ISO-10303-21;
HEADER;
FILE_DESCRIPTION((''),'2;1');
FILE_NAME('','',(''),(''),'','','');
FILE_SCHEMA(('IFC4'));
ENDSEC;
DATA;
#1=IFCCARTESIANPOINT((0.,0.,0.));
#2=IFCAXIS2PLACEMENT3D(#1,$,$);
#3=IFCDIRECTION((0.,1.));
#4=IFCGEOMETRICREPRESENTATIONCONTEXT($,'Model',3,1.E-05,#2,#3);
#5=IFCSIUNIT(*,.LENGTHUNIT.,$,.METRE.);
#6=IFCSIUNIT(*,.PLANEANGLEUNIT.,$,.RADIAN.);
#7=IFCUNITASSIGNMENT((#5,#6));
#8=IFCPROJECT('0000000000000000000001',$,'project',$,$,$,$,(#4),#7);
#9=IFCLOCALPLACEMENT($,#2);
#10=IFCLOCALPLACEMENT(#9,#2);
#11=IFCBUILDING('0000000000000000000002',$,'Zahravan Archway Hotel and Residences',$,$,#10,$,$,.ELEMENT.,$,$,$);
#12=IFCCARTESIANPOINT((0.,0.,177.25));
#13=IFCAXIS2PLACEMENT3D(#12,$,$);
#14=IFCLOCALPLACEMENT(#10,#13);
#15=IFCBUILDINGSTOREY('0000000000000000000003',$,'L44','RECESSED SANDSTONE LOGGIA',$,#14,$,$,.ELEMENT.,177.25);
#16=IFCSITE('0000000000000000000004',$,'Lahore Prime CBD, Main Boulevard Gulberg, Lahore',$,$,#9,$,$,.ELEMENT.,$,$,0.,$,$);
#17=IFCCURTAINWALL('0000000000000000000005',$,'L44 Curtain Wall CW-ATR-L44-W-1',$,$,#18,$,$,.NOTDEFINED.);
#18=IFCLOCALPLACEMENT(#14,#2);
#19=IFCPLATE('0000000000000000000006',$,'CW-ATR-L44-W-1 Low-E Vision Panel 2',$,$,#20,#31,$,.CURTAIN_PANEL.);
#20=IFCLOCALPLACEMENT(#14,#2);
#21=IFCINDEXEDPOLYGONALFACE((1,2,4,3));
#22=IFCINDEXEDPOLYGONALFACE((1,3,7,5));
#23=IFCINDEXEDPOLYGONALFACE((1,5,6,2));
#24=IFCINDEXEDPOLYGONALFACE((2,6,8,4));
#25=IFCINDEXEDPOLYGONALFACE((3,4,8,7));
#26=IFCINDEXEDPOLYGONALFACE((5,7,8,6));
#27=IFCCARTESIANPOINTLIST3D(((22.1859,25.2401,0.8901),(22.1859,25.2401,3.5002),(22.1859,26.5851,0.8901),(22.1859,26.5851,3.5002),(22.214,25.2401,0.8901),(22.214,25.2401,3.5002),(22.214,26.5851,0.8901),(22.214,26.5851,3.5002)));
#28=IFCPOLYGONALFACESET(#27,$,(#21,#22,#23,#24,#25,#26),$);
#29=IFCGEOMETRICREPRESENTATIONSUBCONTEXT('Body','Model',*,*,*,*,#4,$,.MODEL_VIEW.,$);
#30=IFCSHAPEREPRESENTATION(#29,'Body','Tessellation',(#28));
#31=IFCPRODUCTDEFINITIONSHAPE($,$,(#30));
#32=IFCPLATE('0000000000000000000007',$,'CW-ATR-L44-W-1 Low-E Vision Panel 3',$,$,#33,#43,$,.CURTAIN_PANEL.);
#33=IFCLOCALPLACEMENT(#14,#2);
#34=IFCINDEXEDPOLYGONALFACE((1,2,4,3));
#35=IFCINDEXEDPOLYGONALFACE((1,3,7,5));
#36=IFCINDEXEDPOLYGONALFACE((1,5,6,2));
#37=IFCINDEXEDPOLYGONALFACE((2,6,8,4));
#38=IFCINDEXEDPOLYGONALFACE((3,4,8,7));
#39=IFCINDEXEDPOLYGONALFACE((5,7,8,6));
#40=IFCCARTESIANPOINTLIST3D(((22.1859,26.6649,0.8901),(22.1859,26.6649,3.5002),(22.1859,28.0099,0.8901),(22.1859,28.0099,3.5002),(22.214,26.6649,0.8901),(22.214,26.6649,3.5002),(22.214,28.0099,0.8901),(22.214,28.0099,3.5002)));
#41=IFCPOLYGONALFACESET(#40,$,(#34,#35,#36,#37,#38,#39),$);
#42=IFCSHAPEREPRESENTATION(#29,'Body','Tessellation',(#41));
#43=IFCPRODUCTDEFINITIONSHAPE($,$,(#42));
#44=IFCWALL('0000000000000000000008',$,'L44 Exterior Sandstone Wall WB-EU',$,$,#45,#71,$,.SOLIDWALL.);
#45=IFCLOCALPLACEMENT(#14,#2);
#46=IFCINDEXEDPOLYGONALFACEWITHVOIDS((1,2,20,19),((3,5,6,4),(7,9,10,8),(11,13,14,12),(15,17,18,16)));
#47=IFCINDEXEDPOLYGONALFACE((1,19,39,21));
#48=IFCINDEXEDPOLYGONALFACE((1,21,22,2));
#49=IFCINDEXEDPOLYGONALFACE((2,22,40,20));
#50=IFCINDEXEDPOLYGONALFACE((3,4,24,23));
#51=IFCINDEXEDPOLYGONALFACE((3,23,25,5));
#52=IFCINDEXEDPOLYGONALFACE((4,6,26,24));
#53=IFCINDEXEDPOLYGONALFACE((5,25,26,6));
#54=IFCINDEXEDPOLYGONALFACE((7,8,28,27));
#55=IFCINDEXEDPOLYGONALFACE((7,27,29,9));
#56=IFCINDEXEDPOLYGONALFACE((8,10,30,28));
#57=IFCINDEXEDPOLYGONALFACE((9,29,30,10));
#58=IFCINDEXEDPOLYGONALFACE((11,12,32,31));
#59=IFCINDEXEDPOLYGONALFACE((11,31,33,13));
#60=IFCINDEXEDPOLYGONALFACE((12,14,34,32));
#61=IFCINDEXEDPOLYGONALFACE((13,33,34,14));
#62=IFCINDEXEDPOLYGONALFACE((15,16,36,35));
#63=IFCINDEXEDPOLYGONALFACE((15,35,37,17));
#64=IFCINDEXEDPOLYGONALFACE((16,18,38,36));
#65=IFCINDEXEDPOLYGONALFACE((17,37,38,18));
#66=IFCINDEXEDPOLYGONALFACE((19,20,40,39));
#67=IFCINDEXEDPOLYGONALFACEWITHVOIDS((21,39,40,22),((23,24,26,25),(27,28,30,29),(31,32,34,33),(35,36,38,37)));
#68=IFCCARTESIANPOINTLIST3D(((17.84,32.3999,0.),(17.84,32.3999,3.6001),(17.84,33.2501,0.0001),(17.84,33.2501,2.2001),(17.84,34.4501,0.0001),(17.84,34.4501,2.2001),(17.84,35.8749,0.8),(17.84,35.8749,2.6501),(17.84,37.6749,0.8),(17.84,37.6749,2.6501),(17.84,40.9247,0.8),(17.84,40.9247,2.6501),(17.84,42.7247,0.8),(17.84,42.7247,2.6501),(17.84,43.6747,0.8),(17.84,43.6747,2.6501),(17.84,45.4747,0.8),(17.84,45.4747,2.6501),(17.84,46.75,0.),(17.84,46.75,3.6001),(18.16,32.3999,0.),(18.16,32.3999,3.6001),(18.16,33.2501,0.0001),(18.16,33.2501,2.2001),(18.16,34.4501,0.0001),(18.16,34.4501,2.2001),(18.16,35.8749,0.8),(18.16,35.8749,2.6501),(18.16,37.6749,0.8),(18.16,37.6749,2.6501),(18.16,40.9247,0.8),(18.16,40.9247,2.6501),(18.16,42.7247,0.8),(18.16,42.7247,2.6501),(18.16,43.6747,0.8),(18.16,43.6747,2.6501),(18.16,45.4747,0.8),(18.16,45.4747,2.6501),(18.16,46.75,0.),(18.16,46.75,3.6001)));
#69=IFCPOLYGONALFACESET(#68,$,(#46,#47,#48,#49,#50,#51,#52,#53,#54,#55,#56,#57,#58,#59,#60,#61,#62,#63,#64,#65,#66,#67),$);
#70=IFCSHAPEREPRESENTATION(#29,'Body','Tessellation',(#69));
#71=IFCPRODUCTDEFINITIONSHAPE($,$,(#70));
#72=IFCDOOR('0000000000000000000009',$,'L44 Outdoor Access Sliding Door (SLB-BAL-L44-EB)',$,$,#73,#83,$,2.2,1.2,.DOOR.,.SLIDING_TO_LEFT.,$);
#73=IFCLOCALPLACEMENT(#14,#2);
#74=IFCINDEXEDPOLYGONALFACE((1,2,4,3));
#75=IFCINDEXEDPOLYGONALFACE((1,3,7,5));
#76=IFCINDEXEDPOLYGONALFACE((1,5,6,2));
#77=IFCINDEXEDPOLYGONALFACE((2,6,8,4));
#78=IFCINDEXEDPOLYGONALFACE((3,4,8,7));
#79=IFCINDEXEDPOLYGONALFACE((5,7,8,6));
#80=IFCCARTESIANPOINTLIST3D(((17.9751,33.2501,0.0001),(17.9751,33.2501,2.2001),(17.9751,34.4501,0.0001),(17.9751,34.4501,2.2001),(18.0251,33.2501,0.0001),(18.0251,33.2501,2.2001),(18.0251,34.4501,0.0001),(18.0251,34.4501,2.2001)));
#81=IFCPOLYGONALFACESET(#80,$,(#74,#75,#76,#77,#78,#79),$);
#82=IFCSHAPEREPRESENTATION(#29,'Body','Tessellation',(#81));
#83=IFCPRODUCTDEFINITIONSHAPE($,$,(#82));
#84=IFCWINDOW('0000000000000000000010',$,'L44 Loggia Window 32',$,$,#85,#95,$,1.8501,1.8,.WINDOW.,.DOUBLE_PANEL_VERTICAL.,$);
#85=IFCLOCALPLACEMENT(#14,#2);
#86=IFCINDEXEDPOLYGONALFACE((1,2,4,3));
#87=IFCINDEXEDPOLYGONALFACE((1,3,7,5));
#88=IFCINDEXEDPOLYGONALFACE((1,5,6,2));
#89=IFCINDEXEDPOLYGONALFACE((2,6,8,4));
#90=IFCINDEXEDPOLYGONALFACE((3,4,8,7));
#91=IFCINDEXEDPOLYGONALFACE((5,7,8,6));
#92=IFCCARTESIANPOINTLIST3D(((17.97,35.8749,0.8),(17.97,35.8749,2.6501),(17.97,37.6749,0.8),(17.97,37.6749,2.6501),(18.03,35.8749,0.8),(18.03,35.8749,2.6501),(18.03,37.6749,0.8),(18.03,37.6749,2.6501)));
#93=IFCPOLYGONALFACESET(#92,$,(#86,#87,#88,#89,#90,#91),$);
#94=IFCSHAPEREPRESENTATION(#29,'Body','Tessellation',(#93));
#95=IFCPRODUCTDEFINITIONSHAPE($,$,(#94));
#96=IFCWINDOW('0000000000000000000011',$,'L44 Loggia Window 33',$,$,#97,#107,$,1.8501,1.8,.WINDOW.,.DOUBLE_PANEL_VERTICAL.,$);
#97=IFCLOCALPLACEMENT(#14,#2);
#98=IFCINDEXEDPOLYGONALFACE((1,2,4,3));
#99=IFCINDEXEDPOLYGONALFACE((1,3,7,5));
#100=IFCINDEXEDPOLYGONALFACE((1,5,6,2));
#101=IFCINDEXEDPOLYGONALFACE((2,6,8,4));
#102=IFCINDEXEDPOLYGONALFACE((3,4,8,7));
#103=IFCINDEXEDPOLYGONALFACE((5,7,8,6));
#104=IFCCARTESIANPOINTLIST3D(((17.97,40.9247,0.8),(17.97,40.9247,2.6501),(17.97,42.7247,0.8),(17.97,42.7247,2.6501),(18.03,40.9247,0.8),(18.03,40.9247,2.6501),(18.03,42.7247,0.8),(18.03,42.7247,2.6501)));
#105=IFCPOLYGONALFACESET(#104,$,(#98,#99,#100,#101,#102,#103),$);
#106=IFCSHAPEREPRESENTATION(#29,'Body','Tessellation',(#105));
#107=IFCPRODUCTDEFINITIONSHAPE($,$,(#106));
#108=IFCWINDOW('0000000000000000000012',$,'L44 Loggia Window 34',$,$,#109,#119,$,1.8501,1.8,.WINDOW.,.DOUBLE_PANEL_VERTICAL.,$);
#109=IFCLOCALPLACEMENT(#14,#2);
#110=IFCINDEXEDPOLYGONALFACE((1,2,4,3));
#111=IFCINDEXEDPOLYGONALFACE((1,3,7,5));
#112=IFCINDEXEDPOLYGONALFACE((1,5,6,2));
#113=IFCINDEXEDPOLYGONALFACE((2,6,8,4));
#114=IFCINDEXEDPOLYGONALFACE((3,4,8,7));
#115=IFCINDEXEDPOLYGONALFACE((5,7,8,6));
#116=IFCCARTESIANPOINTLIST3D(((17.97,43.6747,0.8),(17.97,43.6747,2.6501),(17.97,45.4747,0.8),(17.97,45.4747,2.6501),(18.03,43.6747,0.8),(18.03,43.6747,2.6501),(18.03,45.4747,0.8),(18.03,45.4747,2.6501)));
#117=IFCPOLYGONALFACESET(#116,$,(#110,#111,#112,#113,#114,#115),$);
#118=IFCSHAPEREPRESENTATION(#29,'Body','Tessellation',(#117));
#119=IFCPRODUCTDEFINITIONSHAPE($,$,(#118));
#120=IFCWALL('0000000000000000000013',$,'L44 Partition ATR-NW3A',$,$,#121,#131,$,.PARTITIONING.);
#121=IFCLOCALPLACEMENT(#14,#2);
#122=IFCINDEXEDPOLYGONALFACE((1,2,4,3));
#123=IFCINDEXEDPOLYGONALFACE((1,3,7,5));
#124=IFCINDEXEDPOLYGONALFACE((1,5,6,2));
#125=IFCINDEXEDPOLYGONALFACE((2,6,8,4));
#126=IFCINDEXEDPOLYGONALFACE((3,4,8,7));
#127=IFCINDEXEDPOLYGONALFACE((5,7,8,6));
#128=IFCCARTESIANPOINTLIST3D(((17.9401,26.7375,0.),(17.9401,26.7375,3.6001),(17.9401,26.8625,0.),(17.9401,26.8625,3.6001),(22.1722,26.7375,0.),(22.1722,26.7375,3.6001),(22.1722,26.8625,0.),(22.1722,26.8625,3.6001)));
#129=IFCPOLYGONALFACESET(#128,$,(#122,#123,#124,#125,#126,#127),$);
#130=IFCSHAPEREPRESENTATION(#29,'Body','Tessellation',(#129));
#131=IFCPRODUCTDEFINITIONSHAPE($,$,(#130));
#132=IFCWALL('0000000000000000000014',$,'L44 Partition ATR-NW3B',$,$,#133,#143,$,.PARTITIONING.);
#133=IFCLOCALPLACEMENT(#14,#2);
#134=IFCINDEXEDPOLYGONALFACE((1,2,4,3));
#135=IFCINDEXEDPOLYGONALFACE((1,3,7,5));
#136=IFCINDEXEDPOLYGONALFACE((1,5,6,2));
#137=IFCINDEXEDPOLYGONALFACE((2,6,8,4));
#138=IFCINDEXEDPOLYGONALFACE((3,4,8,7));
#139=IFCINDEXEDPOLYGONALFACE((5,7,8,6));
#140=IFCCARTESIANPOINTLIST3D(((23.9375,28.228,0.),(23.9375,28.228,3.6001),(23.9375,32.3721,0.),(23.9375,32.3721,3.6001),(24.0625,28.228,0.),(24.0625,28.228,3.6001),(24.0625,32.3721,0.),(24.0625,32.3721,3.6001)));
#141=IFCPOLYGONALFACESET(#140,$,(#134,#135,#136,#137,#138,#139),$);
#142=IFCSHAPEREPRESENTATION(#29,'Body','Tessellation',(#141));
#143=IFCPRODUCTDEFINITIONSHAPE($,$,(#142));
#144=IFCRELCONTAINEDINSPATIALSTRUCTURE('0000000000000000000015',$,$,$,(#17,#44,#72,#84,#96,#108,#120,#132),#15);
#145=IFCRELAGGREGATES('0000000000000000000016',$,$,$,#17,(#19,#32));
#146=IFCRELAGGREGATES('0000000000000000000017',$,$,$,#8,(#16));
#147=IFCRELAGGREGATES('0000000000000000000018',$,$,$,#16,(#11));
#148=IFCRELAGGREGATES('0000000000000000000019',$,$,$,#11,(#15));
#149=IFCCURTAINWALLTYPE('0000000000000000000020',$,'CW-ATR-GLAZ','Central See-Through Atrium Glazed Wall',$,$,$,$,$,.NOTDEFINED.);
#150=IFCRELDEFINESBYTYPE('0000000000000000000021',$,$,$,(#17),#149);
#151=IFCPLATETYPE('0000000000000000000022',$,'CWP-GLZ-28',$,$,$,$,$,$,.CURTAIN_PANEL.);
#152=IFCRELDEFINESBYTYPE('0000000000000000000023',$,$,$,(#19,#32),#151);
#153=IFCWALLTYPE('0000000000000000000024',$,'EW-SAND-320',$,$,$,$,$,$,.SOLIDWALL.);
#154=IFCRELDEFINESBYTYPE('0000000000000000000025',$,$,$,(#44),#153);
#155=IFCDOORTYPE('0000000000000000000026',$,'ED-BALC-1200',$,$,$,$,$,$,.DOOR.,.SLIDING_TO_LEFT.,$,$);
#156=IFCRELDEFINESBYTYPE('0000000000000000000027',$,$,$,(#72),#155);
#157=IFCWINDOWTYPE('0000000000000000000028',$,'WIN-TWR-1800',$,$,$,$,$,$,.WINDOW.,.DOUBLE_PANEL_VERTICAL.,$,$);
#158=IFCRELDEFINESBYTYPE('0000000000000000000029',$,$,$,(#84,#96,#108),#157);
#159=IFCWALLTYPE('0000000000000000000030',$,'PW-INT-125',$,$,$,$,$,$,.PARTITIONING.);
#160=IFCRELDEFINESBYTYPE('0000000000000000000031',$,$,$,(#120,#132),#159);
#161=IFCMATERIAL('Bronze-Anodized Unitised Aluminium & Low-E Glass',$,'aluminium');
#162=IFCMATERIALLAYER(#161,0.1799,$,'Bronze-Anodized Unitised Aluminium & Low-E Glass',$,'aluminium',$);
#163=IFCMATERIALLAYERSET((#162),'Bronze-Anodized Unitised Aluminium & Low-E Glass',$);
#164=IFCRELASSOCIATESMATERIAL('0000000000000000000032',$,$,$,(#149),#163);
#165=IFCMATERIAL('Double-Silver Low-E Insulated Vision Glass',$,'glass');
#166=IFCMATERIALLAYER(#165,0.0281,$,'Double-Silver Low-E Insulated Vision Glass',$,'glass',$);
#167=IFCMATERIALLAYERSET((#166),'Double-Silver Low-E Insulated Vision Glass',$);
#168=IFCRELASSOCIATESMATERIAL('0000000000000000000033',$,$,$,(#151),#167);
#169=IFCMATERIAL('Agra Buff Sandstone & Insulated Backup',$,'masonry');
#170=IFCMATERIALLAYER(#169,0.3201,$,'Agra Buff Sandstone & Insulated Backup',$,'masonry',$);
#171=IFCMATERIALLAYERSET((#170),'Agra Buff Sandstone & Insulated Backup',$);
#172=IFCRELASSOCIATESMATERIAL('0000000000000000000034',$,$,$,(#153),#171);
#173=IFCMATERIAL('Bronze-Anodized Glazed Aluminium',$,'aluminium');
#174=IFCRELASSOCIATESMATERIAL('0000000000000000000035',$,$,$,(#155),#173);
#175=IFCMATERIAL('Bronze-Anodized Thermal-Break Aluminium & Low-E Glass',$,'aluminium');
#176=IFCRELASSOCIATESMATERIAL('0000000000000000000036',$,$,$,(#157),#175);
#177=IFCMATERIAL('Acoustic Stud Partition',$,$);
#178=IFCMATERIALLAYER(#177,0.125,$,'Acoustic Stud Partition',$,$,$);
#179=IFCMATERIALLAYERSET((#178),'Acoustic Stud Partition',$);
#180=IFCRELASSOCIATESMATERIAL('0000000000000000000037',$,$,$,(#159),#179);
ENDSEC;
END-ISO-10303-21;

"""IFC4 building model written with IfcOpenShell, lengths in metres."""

from ifc_helpers import new_model, si_unit, direction, frame, frame_2d, origin, origin_2d, place, context, subcontext, project, spatial, rectangle, extrude, source, transform, mapped, material, layer, layer_set, type_object, type_shapes, element, fill, aggregate, save


model = new_model("IFC4")

# Units and contexts
model_context = context("Model", 3, precision=1e-05, world=origin(), true_north=direction((0.0, 1.0)))
body_context = subcontext(model_context, "Body", "Model", "MODEL_VIEW")
ifc_project = project(units=[si_unit("LENGTHUNIT", "METRE"), si_unit("PLANEANGLEUNIT", "RADIAN")], contexts=[model_context])

# Site, building, storey
site_placement = place(None, origin())
site = spatial("IfcSite", under=ifc_project, at=site_placement, Name="Lahore Prime CBD, Main Boulevard Gulberg, Lahore", CompositionType="ELEMENT", RefElevation=0.0)
building_placement = place(site_placement, origin())
building = spatial("IfcBuilding", under=site, at=building_placement, Name="Zahravan Archway Hotel and Residences", CompositionType="ELEMENT")
storey_placement = place(building_placement, frame((0.0, 0.0, 177.25)))
storey = spatial("IfcBuildingStorey", under=building, at=storey_placement, Name="L44", Description="RECESSED SANDSTONE LOGGIA", CompositionType="ELEMENT", Elevation=177.25)

# Curtain wall
ifc_material_1 = material(Name="Bronze-Anodized Unitised Aluminium & Low-E Glass", Category="aluminium")
ifc_layer_1 = layer(ifc_material_1, 0.1799, Name="Bronze-Anodized Unitised Aluminium & Low-E Glass", Category="aluminium")
ifc_layer_set_1 = layer_set([ifc_layer_1], Name="Bronze-Anodized Unitised Aluminium & Low-E Glass")
curtain_wall_type = type_object("IfcCurtainWallType", Name="CW-ATR-GLAZ", Description="Central See-Through Atrium Glazed Wall", PredefinedType="NOTDEFINED", material=ifc_layer_set_1)
curtain_wall_1_placement = place(storey_placement, origin())
curtain_wall_1 = element("IfcCurtainWall", 1, at=curtain_wall_1_placement, inside=storey, type_object=curtain_wall_type, Name="L44 Curtain Wall CW-ATR-L44-W-1", PredefinedType="NOTDEFINED")

# Plates
ifc_material_2 = material(Name="Double-Silver Low-E Insulated Vision Glass", Category="glass")
ifc_layer_2 = layer(ifc_material_2, 0.0281, Name="Double-Silver Low-E Insulated Vision Glass", Category="glass")
ifc_layer_set_2 = layer_set([ifc_layer_2], Name="Double-Silver Low-E Insulated Vision Glass")
plate_type_1 = type_object("IfcPlateType", Name="CWP-GLZ-28", PredefinedType="CURTAIN_PANEL", material=ifc_layer_set_2)
shared_shape_1 = source(origin(), body_context, "Body", "SweptSolid", [
    extrude(rectangle(XDim=1.345, YDim=0.0281, at=origin_2d()), origin(), (0.0, 0.0, 1.0), 2.6101),
])
plate_1_placement = place(storey_placement, frame((22.2, 25.9126, 0.8901), z_axis=(0.0, 0.0, 1.0), x_axis=(0.0, 1.0, 0.0)))
plate_1 = element("IfcPlate", 2, at=plate_1_placement, type_object=plate_type_1, Name="CW-ATR-L44-W-1 Low-E Vision Panel 2", PredefinedType="CURTAIN_PANEL", context=body_context, shape_type="MappedRepresentation", body=[
    mapped(shared_shape_1, transform((0.0, 0.0, 0.0), scale=1.0)),
])
plate_2_placement = place(storey_placement, frame((22.2, 27.3374, 0.8901), z_axis=(0.0, 0.0, 1.0), x_axis=(0.0, 1.0, 0.0)))
plate_2 = element("IfcPlate", 3, at=plate_2_placement, type_object=plate_type_1, Name="CW-ATR-L44-W-1 Low-E Vision Panel 3", PredefinedType="CURTAIN_PANEL", context=body_context, shape_type="MappedRepresentation", body=[
    mapped(shared_shape_1, transform((0.0, 0.0, 0.0), scale=1.0)),
])
aggregate(curtain_wall_1, [plate_1, plate_2])

# Wall, openings, door, windows
ifc_material_3 = material(Name="Agra Buff Sandstone & Insulated Backup", Category="masonry")
ifc_layer_3 = layer(ifc_material_3, 0.3201, Name="Agra Buff Sandstone & Insulated Backup", Category="masonry")
ifc_layer_set_3 = layer_set([ifc_layer_3], Name="Agra Buff Sandstone & Insulated Backup")
wall_type_1 = type_object("IfcWallType", Name="EW-SAND-320", PredefinedType="SOLIDWALL", material=ifc_layer_set_3)
wall_1_placement = place(storey_placement, frame((18.0, 32.3999, 0.0), z_axis=(0.0, 0.0, 1.0), x_axis=(0.0, 1.0, 0.0)))
wall_1 = element("IfcWall", 4, at=wall_1_placement, inside=storey, type_object=wall_type_1, Name="L44 Exterior Sandstone Wall WB-EU", PredefinedType="SOLIDWALL", context=body_context, shape_type="SweptSolid", body=[
    extrude(rectangle(XDim=14.3501, YDim=0.3201, at=frame_2d((7.175, 0.0))), origin(), (0.0, 0.0, 1.0), 3.6001),
])
opening_1_placement = place(wall_1_placement, frame((0.8501, 0.0, 0.0)))
opening_1 = element("IfcOpeningElement", 5, at=opening_1_placement, cuts=wall_1, PredefinedType="OPENING", context=body_context, shape_type="SweptSolid", body=[
    extrude(rectangle(XDim=1.2, YDim=2.2, at=frame_2d((0.6001, 1.1001))), frame((0.0, 0.1699, 0.0), z_axis=(0.0, -1.0, 0.0), x_axis=(1.0, 0.0, 0.0)), (0.0, 0.0, 1.0), 0.3401),
])
opening_2_placement = place(wall_1_placement, frame((3.4751, 0.0, 0.8)))
opening_2 = element("IfcOpeningElement", 6, at=opening_2_placement, cuts=wall_1, PredefinedType="OPENING", context=body_context, shape_type="SweptSolid", body=[
    extrude(rectangle(XDim=1.8, YDim=1.8501, at=frame_2d((0.8999, 0.925))), frame((0.0, 0.1699, 0.0), z_axis=(0.0, -1.0, 0.0), x_axis=(1.0, 0.0, 0.0)), (0.0, 0.0, 1.0), 0.3401),
])
opening_3_placement = place(wall_1_placement, frame((8.5249, 0.0, 0.8)))
opening_3 = element("IfcOpeningElement", 7, at=opening_3_placement, cuts=wall_1, PredefinedType="OPENING", context=body_context, shape_type="SweptSolid", body=[
    extrude(rectangle(XDim=1.8, YDim=1.8501, at=frame_2d((0.8999, 0.925))), frame((0.0, 0.1699, 0.0), z_axis=(0.0, -1.0, 0.0), x_axis=(1.0, 0.0, 0.0)), (0.0, 0.0, 1.0), 0.3401),
])
opening_4_placement = place(wall_1_placement, frame((11.2749, 0.0, 0.8)))
opening_4 = element("IfcOpeningElement", 8, at=opening_4_placement, cuts=wall_1, PredefinedType="OPENING", context=body_context, shape_type="SweptSolid", body=[
    extrude(rectangle(XDim=1.8, YDim=1.8501, at=frame_2d((0.8999, 0.925))), frame((0.0, 0.1699, 0.0), z_axis=(0.0, -1.0, 0.0), x_axis=(1.0, 0.0, 0.0)), (0.0, 0.0, 1.0), 0.3401),
])
ifc_material_4 = material(Name="Bronze-Anodized Glazed Aluminium", Category="aluminium")
door_type = type_object("IfcDoorType", Name="ED-BALC-1200", OperationType="SLIDING_TO_LEFT", PredefinedType="DOOR", material=ifc_material_4)
shared_shape_2 = source(origin(), body_context, "Body", "SweptSolid", [
    extrude(rectangle(XDim=1.2, YDim=2.2, at=frame_2d((0.6001, 1.1001))), frame((0.0, 0.0249, 0.0), z_axis=(0.0, -1.0, 0.0), x_axis=(1.0, 0.0, 0.0)), (0.0, 0.0, 1.0), 0.05),
])
type_shapes(door_type, [shared_shape_2])
door_placement = place(opening_1_placement, origin())
door = element("IfcDoor", 9, at=door_placement, inside=storey, type_object=door_type, Name="L44 Outdoor Access Sliding Door (SLB-BAL-L44-EB)", OperationType="SLIDING_TO_LEFT", OverallHeight=2.2, OverallWidth=1.2, PredefinedType="DOOR", context=body_context, shape_type="MappedRepresentation", body=[
    mapped(shared_shape_2, transform((0.0, 0.0, 0.0), scale=1.0)),
])
fill(opening_1, door)
ifc_material_5 = material(Name="Bronze-Anodized Thermal-Break Aluminium & Low-E Glass", Category="aluminium")
window_type = type_object("IfcWindowType", Name="WIN-TWR-1800", PartitioningType="DOUBLE_PANEL_VERTICAL", PredefinedType="WINDOW", material=ifc_material_5)
shared_shape_3 = source(origin(), body_context, "Body", "SweptSolid", [
    extrude(rectangle(XDim=1.8, YDim=1.8501, at=frame_2d((0.8999, 0.925))), frame((0.0, 0.03, 0.0), z_axis=(0.0, -1.0, 0.0), x_axis=(1.0, 0.0, 0.0)), (0.0, 0.0, 1.0), 0.0601),
])
type_shapes(window_type, [shared_shape_3])
window_1_placement = place(opening_2_placement, origin())
window_1 = element("IfcWindow", 10, at=window_1_placement, inside=storey, type_object=window_type, Name="L44 Loggia Window 32", OverallHeight=1.8501, OverallWidth=1.8, PartitioningType="DOUBLE_PANEL_VERTICAL", PredefinedType="WINDOW", context=body_context, shape_type="MappedRepresentation", body=[
    mapped(shared_shape_3, transform((0.0, 0.0, 0.0), scale=1.0)),
])
fill(opening_2, window_1)
window_2_placement = place(opening_3_placement, origin())
window_2 = element("IfcWindow", 11, at=window_2_placement, inside=storey, type_object=window_type, Name="L44 Loggia Window 33", OverallHeight=1.8501, OverallWidth=1.8, PartitioningType="DOUBLE_PANEL_VERTICAL", PredefinedType="WINDOW", context=body_context, shape_type="MappedRepresentation", body=[
    mapped(shared_shape_3, transform((0.0, 0.0, 0.0), scale=1.0)),
])
fill(opening_3, window_2)
window_3_placement = place(opening_4_placement, origin())
window_3 = element("IfcWindow", 12, at=window_3_placement, inside=storey, type_object=window_type, Name="L44 Loggia Window 34", OverallHeight=1.8501, OverallWidth=1.8, PartitioningType="DOUBLE_PANEL_VERTICAL", PredefinedType="WINDOW", context=body_context, shape_type="MappedRepresentation", body=[
    mapped(shared_shape_3, transform((0.0, 0.0, 0.0), scale=1.0)),
])
fill(opening_4, window_3)

# Walls
ifc_material_6 = material(Name="Acoustic Stud Partition")
ifc_layer_4 = layer(ifc_material_6, 0.125, Name="Acoustic Stud Partition")
ifc_layer_set_4 = layer_set([ifc_layer_4], Name="Acoustic Stud Partition")
wall_type_2 = type_object("IfcWallType", Name="PW-INT-125", PredefinedType="PARTITIONING", material=ifc_layer_set_4)
wall_2_placement = place(storey_placement, frame((17.9399, 26.8, 0.0), z_axis=(0.0, 0.0, 1.0), x_axis=(1.0, 0.0, 0.0)))
element("IfcWall", 13, at=wall_2_placement, inside=storey, type_object=wall_type_2, Name="L44 Partition ATR-NW3A", PredefinedType="PARTITIONING", context=body_context, shape_type="SweptSolid", body=[
    extrude(rectangle(XDim=4.2322, YDim=0.125, at=frame_2d((2.1162, 0.0))), origin(), (0.0, 0.0, 1.0), 3.6001),
])
wall_3_placement = place(storey_placement, frame((24.0, 28.228, 0.0), z_axis=(0.0, 0.0, 1.0), x_axis=(0.0, 1.0, 0.0)))
element("IfcWall", 14, at=wall_3_placement, inside=storey, type_object=wall_type_2, Name="L44 Partition ATR-NW3B", PredefinedType="PARTITIONING", context=body_context, shape_type="SweptSolid", body=[
    extrude(rectangle(XDim=4.144, YDim=0.125, at=frame_2d((2.072, 0.0))), origin(), (0.0, 0.0, 1.0), 3.6001),
])

save(model, "model.ifc")
